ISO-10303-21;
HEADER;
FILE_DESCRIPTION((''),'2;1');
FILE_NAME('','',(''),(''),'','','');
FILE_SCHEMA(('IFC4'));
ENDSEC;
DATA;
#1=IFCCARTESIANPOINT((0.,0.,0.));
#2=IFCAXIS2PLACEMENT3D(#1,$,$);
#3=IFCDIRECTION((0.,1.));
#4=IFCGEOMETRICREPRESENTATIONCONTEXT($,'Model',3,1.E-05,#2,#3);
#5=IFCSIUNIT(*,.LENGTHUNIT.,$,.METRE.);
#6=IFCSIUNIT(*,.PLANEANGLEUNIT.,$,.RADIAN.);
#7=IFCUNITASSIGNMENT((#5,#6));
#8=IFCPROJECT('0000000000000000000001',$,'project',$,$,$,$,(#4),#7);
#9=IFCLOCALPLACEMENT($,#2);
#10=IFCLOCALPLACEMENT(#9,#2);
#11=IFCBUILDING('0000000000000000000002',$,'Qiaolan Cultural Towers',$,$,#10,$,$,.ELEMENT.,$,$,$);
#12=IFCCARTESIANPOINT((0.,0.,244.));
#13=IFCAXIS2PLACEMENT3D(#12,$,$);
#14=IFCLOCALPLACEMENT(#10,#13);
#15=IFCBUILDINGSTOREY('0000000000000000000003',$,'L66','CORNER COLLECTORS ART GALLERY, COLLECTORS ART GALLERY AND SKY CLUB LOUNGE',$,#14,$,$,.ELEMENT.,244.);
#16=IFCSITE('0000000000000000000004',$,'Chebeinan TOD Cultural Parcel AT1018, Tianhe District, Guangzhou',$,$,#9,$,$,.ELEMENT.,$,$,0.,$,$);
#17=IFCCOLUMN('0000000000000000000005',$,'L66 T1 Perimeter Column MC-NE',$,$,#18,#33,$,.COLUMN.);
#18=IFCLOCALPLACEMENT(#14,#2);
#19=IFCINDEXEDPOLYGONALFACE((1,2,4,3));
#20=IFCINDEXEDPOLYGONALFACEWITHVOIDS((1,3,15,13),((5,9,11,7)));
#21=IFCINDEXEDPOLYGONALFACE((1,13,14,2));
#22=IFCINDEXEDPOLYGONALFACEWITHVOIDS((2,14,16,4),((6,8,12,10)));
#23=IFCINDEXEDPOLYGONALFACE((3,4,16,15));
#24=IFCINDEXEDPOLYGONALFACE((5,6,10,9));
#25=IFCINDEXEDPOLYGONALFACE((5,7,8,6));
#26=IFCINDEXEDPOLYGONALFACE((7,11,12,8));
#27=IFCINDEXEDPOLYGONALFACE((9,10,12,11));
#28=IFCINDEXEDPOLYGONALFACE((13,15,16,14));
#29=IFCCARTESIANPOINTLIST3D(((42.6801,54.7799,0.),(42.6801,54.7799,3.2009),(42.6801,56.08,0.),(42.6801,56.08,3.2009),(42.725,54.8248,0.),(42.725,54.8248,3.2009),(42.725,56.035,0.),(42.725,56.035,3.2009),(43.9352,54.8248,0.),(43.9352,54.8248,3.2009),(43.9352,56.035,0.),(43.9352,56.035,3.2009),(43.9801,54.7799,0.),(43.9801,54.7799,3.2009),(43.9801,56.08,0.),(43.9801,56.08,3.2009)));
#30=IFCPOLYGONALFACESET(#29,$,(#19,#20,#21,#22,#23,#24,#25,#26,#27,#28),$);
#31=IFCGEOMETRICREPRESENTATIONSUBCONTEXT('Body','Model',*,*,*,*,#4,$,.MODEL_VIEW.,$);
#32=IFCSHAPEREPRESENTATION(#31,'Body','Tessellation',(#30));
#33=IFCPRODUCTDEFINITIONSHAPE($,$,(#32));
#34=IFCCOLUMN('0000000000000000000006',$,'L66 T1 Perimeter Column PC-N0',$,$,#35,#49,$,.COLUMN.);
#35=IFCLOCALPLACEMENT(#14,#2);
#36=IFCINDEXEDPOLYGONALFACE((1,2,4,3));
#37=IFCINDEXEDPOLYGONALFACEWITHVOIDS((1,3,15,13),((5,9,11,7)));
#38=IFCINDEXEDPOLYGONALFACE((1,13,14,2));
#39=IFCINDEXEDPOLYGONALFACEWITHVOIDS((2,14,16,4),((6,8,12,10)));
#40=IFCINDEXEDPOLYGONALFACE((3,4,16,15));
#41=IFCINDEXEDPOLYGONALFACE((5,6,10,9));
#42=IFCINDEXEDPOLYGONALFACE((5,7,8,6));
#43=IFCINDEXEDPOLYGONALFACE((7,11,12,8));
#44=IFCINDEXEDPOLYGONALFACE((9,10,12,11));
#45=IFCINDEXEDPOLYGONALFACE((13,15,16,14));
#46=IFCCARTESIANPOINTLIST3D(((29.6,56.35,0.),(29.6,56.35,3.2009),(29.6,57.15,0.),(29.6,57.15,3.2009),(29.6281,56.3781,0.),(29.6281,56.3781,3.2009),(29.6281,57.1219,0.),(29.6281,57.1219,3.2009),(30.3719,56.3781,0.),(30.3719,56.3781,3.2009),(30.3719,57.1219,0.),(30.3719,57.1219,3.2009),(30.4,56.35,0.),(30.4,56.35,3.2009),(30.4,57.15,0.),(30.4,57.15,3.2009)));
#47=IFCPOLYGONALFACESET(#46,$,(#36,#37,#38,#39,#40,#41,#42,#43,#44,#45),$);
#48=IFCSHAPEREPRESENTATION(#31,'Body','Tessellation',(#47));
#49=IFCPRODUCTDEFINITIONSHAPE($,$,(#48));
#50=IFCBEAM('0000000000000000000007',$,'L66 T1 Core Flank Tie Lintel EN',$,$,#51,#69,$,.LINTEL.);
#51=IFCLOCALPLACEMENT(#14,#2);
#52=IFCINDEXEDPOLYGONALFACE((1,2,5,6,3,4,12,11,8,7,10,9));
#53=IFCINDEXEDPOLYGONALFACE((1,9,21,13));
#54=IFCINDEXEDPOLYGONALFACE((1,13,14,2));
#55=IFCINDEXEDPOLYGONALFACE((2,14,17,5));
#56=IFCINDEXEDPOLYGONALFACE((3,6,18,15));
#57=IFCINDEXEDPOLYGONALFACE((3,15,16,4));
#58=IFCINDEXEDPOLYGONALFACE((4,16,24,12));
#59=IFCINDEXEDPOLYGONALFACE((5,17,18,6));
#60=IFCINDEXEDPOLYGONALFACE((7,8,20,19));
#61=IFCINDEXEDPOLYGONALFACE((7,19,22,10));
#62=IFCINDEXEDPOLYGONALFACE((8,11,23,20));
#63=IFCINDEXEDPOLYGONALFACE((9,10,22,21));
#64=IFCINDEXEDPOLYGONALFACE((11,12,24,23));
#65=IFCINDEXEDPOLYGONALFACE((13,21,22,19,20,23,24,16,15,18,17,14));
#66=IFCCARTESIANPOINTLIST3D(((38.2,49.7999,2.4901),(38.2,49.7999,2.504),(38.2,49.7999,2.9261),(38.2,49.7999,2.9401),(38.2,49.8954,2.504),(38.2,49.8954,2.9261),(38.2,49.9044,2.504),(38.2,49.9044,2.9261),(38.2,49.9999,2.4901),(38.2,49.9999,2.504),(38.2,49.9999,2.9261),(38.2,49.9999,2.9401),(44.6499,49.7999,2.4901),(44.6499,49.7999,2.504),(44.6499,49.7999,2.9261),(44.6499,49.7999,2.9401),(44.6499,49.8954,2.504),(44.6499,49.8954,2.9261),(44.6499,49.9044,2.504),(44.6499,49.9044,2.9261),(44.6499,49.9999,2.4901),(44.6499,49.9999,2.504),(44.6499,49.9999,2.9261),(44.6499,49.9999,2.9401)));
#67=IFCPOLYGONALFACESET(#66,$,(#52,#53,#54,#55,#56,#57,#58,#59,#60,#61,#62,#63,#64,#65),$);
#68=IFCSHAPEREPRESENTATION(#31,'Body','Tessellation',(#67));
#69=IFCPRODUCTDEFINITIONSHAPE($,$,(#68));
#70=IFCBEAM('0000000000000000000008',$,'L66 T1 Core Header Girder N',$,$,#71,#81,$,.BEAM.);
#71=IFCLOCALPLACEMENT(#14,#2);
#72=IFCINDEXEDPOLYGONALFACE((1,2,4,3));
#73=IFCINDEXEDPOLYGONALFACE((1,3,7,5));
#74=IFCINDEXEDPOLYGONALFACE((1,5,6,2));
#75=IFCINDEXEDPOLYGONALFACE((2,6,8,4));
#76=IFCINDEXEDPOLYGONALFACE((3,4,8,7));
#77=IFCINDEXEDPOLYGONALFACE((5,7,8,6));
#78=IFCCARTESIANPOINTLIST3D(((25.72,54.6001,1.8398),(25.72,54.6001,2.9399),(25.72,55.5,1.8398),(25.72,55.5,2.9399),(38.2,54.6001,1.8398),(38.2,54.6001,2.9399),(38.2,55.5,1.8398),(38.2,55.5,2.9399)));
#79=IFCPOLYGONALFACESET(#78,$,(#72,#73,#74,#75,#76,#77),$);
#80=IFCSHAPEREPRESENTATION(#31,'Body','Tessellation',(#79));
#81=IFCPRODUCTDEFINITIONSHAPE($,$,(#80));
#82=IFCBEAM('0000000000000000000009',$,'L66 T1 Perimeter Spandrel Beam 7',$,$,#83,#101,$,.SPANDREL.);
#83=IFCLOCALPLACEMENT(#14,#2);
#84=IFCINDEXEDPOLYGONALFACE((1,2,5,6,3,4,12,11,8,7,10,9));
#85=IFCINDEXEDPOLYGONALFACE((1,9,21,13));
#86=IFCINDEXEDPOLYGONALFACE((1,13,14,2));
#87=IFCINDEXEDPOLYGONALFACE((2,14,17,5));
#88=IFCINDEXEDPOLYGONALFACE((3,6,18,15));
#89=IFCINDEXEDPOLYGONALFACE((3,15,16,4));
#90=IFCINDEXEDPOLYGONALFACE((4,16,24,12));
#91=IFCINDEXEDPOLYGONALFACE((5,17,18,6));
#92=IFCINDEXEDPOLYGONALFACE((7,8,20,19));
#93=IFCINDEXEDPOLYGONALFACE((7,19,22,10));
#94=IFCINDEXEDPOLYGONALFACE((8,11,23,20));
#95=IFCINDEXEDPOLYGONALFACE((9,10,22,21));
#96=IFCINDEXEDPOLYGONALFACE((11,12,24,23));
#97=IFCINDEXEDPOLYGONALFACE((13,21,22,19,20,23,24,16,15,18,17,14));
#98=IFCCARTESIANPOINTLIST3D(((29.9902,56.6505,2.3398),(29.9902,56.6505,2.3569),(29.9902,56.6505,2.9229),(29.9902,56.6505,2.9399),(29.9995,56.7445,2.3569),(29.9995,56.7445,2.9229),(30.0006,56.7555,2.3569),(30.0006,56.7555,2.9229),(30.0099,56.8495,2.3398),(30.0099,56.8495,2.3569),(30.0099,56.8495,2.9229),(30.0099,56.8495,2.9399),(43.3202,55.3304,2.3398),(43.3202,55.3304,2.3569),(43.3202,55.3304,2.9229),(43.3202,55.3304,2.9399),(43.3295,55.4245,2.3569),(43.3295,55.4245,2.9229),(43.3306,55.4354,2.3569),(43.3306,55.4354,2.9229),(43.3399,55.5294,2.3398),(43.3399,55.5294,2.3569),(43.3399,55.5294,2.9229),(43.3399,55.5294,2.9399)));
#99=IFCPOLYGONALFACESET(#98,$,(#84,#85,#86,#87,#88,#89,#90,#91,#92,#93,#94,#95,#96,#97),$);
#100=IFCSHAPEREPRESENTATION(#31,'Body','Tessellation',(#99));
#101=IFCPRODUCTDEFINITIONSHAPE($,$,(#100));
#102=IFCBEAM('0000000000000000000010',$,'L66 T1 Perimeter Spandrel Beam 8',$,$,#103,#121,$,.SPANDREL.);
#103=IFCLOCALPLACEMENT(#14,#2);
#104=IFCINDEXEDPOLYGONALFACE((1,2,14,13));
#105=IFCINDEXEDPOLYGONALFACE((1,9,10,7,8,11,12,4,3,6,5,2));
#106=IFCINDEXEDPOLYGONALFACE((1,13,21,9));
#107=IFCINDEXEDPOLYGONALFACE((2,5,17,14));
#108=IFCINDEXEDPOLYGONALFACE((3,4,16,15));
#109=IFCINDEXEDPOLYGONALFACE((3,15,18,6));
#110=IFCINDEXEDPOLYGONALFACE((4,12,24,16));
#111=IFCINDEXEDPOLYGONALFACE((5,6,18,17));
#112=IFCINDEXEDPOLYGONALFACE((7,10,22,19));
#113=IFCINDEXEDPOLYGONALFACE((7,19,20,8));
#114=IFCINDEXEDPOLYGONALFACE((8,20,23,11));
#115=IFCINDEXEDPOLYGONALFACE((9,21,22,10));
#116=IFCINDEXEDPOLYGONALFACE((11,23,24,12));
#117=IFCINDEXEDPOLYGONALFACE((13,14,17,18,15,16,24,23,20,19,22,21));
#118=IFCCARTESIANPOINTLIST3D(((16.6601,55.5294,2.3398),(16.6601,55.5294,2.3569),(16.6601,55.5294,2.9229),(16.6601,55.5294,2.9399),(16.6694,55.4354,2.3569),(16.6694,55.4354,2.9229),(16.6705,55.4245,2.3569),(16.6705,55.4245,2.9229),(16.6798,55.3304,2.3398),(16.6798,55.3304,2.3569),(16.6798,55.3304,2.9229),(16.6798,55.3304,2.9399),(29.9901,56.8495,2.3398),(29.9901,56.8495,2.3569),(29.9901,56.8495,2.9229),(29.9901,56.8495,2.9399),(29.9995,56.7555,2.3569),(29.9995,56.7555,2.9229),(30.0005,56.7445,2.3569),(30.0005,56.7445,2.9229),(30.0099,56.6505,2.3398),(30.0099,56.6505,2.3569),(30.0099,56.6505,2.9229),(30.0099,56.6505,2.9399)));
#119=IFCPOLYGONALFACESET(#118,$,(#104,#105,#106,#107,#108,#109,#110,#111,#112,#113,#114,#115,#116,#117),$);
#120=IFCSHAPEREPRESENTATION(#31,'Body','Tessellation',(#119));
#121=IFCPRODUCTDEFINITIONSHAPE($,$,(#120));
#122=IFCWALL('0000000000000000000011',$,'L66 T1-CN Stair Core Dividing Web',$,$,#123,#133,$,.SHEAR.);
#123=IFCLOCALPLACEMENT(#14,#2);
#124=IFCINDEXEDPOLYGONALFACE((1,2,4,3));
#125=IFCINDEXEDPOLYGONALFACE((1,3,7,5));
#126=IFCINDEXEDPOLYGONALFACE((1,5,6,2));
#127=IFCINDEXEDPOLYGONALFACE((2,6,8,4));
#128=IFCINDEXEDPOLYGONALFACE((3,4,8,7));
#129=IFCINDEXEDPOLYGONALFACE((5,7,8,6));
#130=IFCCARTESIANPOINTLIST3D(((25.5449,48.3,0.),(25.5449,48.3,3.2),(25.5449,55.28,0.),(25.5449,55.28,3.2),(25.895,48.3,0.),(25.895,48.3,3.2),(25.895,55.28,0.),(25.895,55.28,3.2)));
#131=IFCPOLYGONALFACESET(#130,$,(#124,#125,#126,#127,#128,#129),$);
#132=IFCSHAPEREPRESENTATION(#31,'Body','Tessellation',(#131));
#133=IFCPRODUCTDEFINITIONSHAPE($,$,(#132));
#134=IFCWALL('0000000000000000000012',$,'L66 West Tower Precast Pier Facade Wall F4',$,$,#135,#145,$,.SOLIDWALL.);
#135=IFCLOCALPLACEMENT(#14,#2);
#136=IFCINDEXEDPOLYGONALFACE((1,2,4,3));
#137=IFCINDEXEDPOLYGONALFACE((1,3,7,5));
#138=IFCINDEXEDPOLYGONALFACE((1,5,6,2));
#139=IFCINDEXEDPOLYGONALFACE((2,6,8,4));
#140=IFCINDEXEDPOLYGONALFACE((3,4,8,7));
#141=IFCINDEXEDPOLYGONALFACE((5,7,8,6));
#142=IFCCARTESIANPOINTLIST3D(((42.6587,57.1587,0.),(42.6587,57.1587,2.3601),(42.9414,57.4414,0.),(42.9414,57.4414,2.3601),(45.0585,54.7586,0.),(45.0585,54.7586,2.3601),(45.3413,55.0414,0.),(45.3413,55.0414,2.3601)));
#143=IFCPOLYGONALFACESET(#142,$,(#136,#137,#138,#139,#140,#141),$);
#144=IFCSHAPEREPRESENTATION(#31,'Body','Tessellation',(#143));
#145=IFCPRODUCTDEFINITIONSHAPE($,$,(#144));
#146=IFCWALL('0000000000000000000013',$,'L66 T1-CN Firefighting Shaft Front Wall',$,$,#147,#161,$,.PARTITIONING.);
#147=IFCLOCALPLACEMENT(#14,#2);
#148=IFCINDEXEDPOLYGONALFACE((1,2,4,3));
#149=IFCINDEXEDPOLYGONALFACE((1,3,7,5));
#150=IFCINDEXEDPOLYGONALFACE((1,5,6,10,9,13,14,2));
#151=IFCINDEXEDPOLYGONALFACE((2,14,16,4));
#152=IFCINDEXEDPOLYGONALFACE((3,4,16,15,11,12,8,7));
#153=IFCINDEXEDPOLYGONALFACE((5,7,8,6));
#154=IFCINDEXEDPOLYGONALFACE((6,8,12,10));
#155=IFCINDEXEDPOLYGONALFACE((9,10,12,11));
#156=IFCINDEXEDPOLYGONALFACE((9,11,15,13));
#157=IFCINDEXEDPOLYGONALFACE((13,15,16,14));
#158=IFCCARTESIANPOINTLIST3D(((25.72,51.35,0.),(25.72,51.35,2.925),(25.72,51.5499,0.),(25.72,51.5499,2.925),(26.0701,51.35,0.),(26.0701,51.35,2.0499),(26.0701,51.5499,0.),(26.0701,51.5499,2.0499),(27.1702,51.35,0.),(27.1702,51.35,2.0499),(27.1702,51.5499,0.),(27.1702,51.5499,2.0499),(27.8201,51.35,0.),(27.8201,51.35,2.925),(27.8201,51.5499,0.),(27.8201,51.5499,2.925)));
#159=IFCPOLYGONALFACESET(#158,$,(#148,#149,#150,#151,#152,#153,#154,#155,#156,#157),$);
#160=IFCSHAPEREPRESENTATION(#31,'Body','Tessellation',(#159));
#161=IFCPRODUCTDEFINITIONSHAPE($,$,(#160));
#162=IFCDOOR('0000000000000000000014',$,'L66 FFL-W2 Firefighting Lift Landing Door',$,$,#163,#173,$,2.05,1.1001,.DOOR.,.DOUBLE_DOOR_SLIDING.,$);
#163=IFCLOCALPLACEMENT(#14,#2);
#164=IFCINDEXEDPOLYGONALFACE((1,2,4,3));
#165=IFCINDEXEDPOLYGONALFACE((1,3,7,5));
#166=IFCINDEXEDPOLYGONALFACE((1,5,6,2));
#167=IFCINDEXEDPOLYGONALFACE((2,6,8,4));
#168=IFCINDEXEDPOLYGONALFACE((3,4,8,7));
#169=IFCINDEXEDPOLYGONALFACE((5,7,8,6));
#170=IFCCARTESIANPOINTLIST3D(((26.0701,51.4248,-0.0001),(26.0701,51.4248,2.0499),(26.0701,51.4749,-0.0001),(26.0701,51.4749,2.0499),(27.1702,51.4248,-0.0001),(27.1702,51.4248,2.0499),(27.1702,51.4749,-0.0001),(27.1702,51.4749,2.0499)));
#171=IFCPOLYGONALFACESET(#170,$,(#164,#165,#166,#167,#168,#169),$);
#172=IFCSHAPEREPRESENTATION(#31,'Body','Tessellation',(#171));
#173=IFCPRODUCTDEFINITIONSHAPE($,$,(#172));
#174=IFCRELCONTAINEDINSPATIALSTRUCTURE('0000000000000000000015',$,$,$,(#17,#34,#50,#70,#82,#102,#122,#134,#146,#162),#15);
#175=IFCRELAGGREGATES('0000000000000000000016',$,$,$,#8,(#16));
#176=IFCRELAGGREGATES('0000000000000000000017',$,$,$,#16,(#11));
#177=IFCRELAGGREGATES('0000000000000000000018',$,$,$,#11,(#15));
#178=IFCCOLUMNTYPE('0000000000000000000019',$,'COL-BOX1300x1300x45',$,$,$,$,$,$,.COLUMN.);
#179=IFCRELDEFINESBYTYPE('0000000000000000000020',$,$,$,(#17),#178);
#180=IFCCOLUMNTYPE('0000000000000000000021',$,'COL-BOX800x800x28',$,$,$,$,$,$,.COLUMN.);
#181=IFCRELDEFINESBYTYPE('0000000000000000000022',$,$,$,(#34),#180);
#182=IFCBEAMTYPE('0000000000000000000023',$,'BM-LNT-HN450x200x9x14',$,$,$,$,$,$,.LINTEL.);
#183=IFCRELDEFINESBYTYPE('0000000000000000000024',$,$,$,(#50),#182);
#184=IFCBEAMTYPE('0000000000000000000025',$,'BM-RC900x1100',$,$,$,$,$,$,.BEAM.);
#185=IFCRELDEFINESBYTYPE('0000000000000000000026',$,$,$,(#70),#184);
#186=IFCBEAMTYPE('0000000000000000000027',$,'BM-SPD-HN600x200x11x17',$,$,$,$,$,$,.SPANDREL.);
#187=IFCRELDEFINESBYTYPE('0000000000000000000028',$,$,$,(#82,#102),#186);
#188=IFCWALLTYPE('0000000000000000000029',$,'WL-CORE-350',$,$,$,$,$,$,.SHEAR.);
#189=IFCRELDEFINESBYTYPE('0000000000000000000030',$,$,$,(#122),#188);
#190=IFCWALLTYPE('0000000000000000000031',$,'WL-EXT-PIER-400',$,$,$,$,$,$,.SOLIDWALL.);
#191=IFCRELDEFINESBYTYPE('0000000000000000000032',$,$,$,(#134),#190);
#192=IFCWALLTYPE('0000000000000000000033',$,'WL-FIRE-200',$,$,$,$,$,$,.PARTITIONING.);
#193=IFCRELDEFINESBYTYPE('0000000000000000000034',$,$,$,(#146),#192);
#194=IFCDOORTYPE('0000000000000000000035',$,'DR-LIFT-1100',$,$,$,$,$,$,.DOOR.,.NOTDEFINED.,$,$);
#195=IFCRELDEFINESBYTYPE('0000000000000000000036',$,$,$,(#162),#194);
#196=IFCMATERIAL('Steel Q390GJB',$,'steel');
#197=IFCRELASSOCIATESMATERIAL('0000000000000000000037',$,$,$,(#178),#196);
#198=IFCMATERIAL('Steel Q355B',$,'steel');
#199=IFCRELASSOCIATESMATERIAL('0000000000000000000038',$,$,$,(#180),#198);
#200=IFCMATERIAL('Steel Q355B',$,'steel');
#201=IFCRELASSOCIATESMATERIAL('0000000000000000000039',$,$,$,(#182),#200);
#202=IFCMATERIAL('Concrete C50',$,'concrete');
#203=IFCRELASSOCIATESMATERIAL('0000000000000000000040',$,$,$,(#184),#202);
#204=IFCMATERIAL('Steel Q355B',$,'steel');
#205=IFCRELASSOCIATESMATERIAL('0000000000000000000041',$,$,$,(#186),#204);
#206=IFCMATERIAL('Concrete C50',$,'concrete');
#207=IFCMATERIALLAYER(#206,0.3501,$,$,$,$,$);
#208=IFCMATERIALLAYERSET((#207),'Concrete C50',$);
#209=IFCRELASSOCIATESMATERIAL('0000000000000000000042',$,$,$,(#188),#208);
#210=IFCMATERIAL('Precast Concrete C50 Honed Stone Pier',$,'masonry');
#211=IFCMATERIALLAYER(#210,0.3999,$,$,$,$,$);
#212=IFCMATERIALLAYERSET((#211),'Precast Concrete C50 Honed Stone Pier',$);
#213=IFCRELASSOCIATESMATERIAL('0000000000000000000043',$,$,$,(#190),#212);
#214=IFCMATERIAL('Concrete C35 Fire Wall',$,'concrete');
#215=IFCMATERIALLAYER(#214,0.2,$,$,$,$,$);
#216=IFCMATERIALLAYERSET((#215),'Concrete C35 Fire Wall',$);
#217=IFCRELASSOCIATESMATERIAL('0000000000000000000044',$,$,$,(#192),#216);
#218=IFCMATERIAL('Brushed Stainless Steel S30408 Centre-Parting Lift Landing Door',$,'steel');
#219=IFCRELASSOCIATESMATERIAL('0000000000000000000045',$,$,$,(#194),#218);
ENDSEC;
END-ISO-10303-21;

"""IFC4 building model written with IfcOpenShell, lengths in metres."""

from ifc_helpers import new_model, si_unit, direction, frame, frame_2d, origin, origin_2d, place, context, subcontext, project, spatial, rectangle, hollow_rectangle, i_section, extrude, material, layer, layer_set, material_profile, profile_set, type_object, element, fill, save


model = new_model("IFC4")

# Units and contexts
model_context = context("Model", 3, precision=1e-05, world=origin(), true_north=direction((0.0, 1.0)))
body_context = subcontext(model_context, "Body", "Model", "MODEL_VIEW")
ifc_project = project(units=[si_unit("LENGTHUNIT", "METRE"), si_unit("PLANEANGLEUNIT", "RADIAN")], contexts=[model_context])

# Site, building, storey
site_placement = place(None, origin())
site = spatial("IfcSite", under=ifc_project, at=site_placement, Name="Chebeinan TOD Cultural Parcel AT1018, Tianhe District, Guangzhou", CompositionType="ELEMENT", RefElevation=0.0)
building_placement = place(site_placement, origin())
building = spatial("IfcBuilding", under=site, at=building_placement, Name="Qiaolan Cultural Towers", CompositionType="ELEMENT")
storey_placement = place(building_placement, frame((0.0, 0.0, 244.0)))
storey = spatial("IfcBuildingStorey", under=building, at=storey_placement, Name="L66", Description="CORNER COLLECTORS ART GALLERY, COLLECTORS ART GALLERY AND SKY CLUB LOUNGE", CompositionType="ELEMENT", Elevation=244.0)

# Columns
ifc_material_1 = material(Name="Steel Q390GJB", Category="steel")
ifc_material_profile_1 = material_profile(ifc_material_1, hollow_rectangle(XDim=1.3, YDim=1.3, WallThickness=0.0449, at=origin_2d()), Name="BOX1300x1300x45")
ifc_profile_set_1 = profile_set([ifc_material_profile_1], Name="Steel Q390GJB")
column_type_1 = type_object("IfcColumnType", Name="COL-BOX1300x1300x45", PredefinedType="COLUMN", material=ifc_profile_set_1)
column_1_placement = place(storey_placement, frame((43.3301, 55.4299, 0.0), z_axis=(0.0, 0.0, 1.0), x_axis=(1.0, 0.0, 0.0)))
element("IfcColumn", 1, at=column_1_placement, inside=storey, type_object=column_type_1, Name="L66 T1 Perimeter Column MC-NE", PredefinedType="COLUMN", context=body_context, shape_type="SweptSolid", body=[
    extrude(hollow_rectangle(XDim=1.3, YDim=1.3, WallThickness=0.0449, at=origin_2d()), origin(), (0.0, 0.0, 1.0), 3.2009),
])
ifc_material_2 = material(Name="Steel Q355B", Category="steel")
ifc_material_profile_2 = material_profile(ifc_material_2, hollow_rectangle(XDim=0.8, YDim=0.8, WallThickness=0.0281, at=origin_2d()), Name="BOX800x800x28")
ifc_profile_set_2 = profile_set([ifc_material_profile_2], Name="Steel Q355B")
column_type_2 = type_object("IfcColumnType", Name="COL-BOX800x800x28", PredefinedType="COLUMN", material=ifc_profile_set_2)
column_2_placement = place(storey_placement, frame((30.0, 56.75, 0.0), z_axis=(0.0, 0.0, 1.0), x_axis=(1.0, 0.0, 0.0)))
element("IfcColumn", 2, at=column_2_placement, inside=storey, type_object=column_type_2, Name="L66 T1 Perimeter Column PC-N0", PredefinedType="COLUMN", context=body_context, shape_type="SweptSolid", body=[
    extrude(hollow_rectangle(XDim=0.8, YDim=0.8, WallThickness=0.0281, at=origin_2d()), origin(), (0.0, 0.0, 1.0), 3.2009),
])

# Beams
ifc_material_3 = material(Name="Steel Q355B", Category="steel")
ifc_material_profile_3 = material_profile(ifc_material_3, i_section(OverallWidth=0.2, OverallDepth=0.45, WebThickness=0.009, FlangeThickness=0.0139, at=origin_2d()), Name="HN450x200x9x14")
ifc_profile_set_3 = profile_set([ifc_material_profile_3], Name="Steel Q355B")
beam_type_1 = type_object("IfcBeamType", Name="BM-LNT-HN450x200x9x14", PredefinedType="LINTEL", material=ifc_profile_set_3)
beam_1_placement = place(storey_placement, frame((38.2, 49.8999, 2.7151), z_axis=(1.0, 0.0, 0.0), x_axis=(0.0, 1.0, 0.0)))
element("IfcBeam", 3, at=beam_1_placement, inside=storey, type_object=beam_type_1, Name="L66 T1 Core Flank Tie Lintel EN", PredefinedType="LINTEL", context=body_context, shape_type="SweptSolid", body=[
    extrude(i_section(OverallWidth=0.2, OverallDepth=0.45, WebThickness=0.009, FlangeThickness=0.0139, at=origin_2d()), origin(), (0.0, 0.0, 1.0), 6.45),
])
ifc_material_4 = material(Name="Concrete C50", Category="concrete")
ifc_material_profile_4 = material_profile(ifc_material_4, rectangle(XDim=0.8999, YDim=1.1001, at=origin_2d()), Name="RC900x1100")
ifc_profile_set_4 = profile_set([ifc_material_profile_4], Name="Concrete C50")
beam_type_2 = type_object("IfcBeamType", Name="BM-RC900x1100", PredefinedType="BEAM", material=ifc_profile_set_4)
beam_2_placement = place(storey_placement, frame((25.72, 55.05, 2.3899), z_axis=(1.0, 0.0, 0.0), x_axis=(0.0, 1.0, 0.0)))
element("IfcBeam", 4, at=beam_2_placement, inside=storey, type_object=beam_type_2, Name="L66 T1 Core Header Girder N", PredefinedType="BEAM", context=body_context, shape_type="SweptSolid", body=[
    extrude(rectangle(XDim=0.8999, YDim=1.1001, at=origin_2d()), origin(), (0.0, 0.0, 1.0), 12.48),
])
ifc_material_5 = material(Name="Steel Q355B", Category="steel")
ifc_material_profile_5 = material_profile(ifc_material_5, i_section(OverallWidth=0.2, OverallDepth=0.6001, WebThickness=0.011, FlangeThickness=0.0171, at=origin_2d()), Name="HN600x200x11x17")
ifc_profile_set_5 = profile_set([ifc_material_profile_5], Name="Steel Q355B")
beam_type_3 = type_object("IfcBeamType", Name="BM-SPD-HN600x200x11x17", PredefinedType="SPANDREL", material=ifc_profile_set_5)
for number, where, z_axis, x_axis, name in (
    (5, (43.3301, 55.4299, 2.6399), (-0.995132, 0.098547, 0.0), (-0.098547, -0.995132, 0.0), "L66 T1 Perimeter Spandrel Beam 7"),
    (6, (30.0, 56.75, 2.6399), (-0.995132, -0.098547, 0.0), (0.098547, -0.995132, 0.0), "L66 T1 Perimeter Spandrel Beam 8"),
):
    element("IfcBeam", number, at=place(storey_placement, frame(where, z_axis=z_axis, x_axis=x_axis)), inside=storey, type_object=beam_type_3, Name=name, PredefinedType="SPANDREL", context=body_context, shape_type="SweptSolid", body=[
        extrude(i_section(OverallWidth=0.2, OverallDepth=0.6001, WebThickness=0.011, FlangeThickness=0.0171, at=origin_2d()), origin(), (0.0, 0.0, 1.0), 13.3953),
    ])

# Walls
ifc_material_6 = material(Name="Concrete C50", Category="concrete")
ifc_layer_1 = layer(ifc_material_6, 0.3501)
ifc_layer_set_1 = layer_set([ifc_layer_1], Name="Concrete C50")
wall_type_1 = type_object("IfcWallType", Name="WL-CORE-350", PredefinedType="SHEAR", material=ifc_layer_set_1)
wall_1_placement = place(storey_placement, frame((25.72, 48.3, 0.0), z_axis=(0.0, 0.0, 1.0), x_axis=(0.0, 1.0, 0.0)))
element("IfcWall", 7, at=wall_1_placement, inside=storey, type_object=wall_type_1, Name="L66 T1-CN Stair Core Dividing Web", PredefinedType="SHEAR", context=body_context, shape_type="SweptSolid", body=[
    extrude(rectangle(XDim=6.98, YDim=0.3501, at=frame_2d((3.49, 0.0))), origin(), (0.0, 0.0, 1.0), 3.2),
])
ifc_material_7 = material(Name="Precast Concrete C50 Honed Stone Pier", Category="masonry")
ifc_layer_2 = layer(ifc_material_7, 0.3999)
ifc_layer_set_2 = layer_set([ifc_layer_2], Name="Precast Concrete C50 Honed Stone Pier")
wall_type_2 = type_object("IfcWallType", Name="WL-EXT-PIER-400", PredefinedType="SOLIDWALL", material=ifc_layer_set_2)
wall_2_placement = place(storey_placement, frame((42.8, 57.3, 0.0), z_axis=(0.0, 0.0, 1.0), x_axis=(0.707071, -0.707143, 0.0)))
element("IfcWall", 8, at=wall_2_placement, inside=storey, type_object=wall_type_2, Name="L66 West Tower Precast Pier Facade Wall F4", PredefinedType="SOLIDWALL", context=body_context, shape_type="SweptSolid", body=[
    extrude(rectangle(XDim=3.394, YDim=0.3999, at=frame_2d((1.697, 0.0))), origin(), (0.0, 0.0, 1.0), 2.3601),
])

# Wall, opening, door
ifc_material_8 = material(Name="Concrete C35 Fire Wall", Category="concrete")
ifc_layer_3 = layer(ifc_material_8, 0.2)
ifc_layer_set_3 = layer_set([ifc_layer_3], Name="Concrete C35 Fire Wall")
wall_type_3 = type_object("IfcWallType", Name="WL-FIRE-200", PredefinedType="PARTITIONING", material=ifc_layer_set_3)
wall_3_placement = place(storey_placement, frame((25.72, 51.45, 0.0), z_axis=(0.0, 0.0, 1.0), x_axis=(1.0, 0.0, 0.0)))
wall_3 = element("IfcWall", 9, at=wall_3_placement, inside=storey, type_object=wall_type_3, Name="L66 T1-CN Firefighting Shaft Front Wall", PredefinedType="PARTITIONING", context=body_context, shape_type="SweptSolid", body=[
    extrude(rectangle(XDim=2.1001, YDim=0.2, at=frame_2d((1.05, 0.0))), origin(), (0.0, 0.0, 1.0), 2.925),
])
opening_1_placement = place(wall_3_placement, frame((0.3501, 0.0, 0.0)))
opening_1 = element("IfcOpeningElement", 10, at=opening_1_placement, cuts=wall_3, PredefinedType="OPENING", context=body_context, shape_type="SweptSolid", body=[
    extrude(rectangle(XDim=1.1001, YDim=2.05, at=frame_2d((0.55, 1.0249))), frame((0.0, 0.1099, 0.0), z_axis=(0.0, -1.0, 0.0), x_axis=(1.0, 0.0, 0.0)), (0.0, 0.0, 1.0), 0.22),
])
ifc_material_9 = material(Name="Brushed Stainless Steel S30408 Centre-Parting Lift Landing Door", Category="steel")
door_type_1 = type_object("IfcDoorType", Name="DR-LIFT-1100", OperationType="NOTDEFINED", PredefinedType="DOOR", material=ifc_material_9)
door_1_placement = place(opening_1_placement, origin())
door_1 = element("IfcDoor", 11, at=door_1_placement, inside=storey, type_object=door_type_1, Name="L66 FFL-W2 Firefighting Lift Landing Door", OperationType="DOUBLE_DOOR_SLIDING", OverallHeight=2.05, OverallWidth=1.1001, PredefinedType="DOOR", context=body_context, shape_type="SweptSolid", body=[
    extrude(rectangle(XDim=1.1001, YDim=2.05, at=frame_2d((0.55, 1.0249))), frame((0.0, 0.0249, 0.0), z_axis=(0.0, -1.0, 0.0), x_axis=(1.0, 0.0, 0.0)), (0.0, 0.0, 1.0), 0.05),
])
fill(opening_1, door_1)

save(model, "model.ifc")
